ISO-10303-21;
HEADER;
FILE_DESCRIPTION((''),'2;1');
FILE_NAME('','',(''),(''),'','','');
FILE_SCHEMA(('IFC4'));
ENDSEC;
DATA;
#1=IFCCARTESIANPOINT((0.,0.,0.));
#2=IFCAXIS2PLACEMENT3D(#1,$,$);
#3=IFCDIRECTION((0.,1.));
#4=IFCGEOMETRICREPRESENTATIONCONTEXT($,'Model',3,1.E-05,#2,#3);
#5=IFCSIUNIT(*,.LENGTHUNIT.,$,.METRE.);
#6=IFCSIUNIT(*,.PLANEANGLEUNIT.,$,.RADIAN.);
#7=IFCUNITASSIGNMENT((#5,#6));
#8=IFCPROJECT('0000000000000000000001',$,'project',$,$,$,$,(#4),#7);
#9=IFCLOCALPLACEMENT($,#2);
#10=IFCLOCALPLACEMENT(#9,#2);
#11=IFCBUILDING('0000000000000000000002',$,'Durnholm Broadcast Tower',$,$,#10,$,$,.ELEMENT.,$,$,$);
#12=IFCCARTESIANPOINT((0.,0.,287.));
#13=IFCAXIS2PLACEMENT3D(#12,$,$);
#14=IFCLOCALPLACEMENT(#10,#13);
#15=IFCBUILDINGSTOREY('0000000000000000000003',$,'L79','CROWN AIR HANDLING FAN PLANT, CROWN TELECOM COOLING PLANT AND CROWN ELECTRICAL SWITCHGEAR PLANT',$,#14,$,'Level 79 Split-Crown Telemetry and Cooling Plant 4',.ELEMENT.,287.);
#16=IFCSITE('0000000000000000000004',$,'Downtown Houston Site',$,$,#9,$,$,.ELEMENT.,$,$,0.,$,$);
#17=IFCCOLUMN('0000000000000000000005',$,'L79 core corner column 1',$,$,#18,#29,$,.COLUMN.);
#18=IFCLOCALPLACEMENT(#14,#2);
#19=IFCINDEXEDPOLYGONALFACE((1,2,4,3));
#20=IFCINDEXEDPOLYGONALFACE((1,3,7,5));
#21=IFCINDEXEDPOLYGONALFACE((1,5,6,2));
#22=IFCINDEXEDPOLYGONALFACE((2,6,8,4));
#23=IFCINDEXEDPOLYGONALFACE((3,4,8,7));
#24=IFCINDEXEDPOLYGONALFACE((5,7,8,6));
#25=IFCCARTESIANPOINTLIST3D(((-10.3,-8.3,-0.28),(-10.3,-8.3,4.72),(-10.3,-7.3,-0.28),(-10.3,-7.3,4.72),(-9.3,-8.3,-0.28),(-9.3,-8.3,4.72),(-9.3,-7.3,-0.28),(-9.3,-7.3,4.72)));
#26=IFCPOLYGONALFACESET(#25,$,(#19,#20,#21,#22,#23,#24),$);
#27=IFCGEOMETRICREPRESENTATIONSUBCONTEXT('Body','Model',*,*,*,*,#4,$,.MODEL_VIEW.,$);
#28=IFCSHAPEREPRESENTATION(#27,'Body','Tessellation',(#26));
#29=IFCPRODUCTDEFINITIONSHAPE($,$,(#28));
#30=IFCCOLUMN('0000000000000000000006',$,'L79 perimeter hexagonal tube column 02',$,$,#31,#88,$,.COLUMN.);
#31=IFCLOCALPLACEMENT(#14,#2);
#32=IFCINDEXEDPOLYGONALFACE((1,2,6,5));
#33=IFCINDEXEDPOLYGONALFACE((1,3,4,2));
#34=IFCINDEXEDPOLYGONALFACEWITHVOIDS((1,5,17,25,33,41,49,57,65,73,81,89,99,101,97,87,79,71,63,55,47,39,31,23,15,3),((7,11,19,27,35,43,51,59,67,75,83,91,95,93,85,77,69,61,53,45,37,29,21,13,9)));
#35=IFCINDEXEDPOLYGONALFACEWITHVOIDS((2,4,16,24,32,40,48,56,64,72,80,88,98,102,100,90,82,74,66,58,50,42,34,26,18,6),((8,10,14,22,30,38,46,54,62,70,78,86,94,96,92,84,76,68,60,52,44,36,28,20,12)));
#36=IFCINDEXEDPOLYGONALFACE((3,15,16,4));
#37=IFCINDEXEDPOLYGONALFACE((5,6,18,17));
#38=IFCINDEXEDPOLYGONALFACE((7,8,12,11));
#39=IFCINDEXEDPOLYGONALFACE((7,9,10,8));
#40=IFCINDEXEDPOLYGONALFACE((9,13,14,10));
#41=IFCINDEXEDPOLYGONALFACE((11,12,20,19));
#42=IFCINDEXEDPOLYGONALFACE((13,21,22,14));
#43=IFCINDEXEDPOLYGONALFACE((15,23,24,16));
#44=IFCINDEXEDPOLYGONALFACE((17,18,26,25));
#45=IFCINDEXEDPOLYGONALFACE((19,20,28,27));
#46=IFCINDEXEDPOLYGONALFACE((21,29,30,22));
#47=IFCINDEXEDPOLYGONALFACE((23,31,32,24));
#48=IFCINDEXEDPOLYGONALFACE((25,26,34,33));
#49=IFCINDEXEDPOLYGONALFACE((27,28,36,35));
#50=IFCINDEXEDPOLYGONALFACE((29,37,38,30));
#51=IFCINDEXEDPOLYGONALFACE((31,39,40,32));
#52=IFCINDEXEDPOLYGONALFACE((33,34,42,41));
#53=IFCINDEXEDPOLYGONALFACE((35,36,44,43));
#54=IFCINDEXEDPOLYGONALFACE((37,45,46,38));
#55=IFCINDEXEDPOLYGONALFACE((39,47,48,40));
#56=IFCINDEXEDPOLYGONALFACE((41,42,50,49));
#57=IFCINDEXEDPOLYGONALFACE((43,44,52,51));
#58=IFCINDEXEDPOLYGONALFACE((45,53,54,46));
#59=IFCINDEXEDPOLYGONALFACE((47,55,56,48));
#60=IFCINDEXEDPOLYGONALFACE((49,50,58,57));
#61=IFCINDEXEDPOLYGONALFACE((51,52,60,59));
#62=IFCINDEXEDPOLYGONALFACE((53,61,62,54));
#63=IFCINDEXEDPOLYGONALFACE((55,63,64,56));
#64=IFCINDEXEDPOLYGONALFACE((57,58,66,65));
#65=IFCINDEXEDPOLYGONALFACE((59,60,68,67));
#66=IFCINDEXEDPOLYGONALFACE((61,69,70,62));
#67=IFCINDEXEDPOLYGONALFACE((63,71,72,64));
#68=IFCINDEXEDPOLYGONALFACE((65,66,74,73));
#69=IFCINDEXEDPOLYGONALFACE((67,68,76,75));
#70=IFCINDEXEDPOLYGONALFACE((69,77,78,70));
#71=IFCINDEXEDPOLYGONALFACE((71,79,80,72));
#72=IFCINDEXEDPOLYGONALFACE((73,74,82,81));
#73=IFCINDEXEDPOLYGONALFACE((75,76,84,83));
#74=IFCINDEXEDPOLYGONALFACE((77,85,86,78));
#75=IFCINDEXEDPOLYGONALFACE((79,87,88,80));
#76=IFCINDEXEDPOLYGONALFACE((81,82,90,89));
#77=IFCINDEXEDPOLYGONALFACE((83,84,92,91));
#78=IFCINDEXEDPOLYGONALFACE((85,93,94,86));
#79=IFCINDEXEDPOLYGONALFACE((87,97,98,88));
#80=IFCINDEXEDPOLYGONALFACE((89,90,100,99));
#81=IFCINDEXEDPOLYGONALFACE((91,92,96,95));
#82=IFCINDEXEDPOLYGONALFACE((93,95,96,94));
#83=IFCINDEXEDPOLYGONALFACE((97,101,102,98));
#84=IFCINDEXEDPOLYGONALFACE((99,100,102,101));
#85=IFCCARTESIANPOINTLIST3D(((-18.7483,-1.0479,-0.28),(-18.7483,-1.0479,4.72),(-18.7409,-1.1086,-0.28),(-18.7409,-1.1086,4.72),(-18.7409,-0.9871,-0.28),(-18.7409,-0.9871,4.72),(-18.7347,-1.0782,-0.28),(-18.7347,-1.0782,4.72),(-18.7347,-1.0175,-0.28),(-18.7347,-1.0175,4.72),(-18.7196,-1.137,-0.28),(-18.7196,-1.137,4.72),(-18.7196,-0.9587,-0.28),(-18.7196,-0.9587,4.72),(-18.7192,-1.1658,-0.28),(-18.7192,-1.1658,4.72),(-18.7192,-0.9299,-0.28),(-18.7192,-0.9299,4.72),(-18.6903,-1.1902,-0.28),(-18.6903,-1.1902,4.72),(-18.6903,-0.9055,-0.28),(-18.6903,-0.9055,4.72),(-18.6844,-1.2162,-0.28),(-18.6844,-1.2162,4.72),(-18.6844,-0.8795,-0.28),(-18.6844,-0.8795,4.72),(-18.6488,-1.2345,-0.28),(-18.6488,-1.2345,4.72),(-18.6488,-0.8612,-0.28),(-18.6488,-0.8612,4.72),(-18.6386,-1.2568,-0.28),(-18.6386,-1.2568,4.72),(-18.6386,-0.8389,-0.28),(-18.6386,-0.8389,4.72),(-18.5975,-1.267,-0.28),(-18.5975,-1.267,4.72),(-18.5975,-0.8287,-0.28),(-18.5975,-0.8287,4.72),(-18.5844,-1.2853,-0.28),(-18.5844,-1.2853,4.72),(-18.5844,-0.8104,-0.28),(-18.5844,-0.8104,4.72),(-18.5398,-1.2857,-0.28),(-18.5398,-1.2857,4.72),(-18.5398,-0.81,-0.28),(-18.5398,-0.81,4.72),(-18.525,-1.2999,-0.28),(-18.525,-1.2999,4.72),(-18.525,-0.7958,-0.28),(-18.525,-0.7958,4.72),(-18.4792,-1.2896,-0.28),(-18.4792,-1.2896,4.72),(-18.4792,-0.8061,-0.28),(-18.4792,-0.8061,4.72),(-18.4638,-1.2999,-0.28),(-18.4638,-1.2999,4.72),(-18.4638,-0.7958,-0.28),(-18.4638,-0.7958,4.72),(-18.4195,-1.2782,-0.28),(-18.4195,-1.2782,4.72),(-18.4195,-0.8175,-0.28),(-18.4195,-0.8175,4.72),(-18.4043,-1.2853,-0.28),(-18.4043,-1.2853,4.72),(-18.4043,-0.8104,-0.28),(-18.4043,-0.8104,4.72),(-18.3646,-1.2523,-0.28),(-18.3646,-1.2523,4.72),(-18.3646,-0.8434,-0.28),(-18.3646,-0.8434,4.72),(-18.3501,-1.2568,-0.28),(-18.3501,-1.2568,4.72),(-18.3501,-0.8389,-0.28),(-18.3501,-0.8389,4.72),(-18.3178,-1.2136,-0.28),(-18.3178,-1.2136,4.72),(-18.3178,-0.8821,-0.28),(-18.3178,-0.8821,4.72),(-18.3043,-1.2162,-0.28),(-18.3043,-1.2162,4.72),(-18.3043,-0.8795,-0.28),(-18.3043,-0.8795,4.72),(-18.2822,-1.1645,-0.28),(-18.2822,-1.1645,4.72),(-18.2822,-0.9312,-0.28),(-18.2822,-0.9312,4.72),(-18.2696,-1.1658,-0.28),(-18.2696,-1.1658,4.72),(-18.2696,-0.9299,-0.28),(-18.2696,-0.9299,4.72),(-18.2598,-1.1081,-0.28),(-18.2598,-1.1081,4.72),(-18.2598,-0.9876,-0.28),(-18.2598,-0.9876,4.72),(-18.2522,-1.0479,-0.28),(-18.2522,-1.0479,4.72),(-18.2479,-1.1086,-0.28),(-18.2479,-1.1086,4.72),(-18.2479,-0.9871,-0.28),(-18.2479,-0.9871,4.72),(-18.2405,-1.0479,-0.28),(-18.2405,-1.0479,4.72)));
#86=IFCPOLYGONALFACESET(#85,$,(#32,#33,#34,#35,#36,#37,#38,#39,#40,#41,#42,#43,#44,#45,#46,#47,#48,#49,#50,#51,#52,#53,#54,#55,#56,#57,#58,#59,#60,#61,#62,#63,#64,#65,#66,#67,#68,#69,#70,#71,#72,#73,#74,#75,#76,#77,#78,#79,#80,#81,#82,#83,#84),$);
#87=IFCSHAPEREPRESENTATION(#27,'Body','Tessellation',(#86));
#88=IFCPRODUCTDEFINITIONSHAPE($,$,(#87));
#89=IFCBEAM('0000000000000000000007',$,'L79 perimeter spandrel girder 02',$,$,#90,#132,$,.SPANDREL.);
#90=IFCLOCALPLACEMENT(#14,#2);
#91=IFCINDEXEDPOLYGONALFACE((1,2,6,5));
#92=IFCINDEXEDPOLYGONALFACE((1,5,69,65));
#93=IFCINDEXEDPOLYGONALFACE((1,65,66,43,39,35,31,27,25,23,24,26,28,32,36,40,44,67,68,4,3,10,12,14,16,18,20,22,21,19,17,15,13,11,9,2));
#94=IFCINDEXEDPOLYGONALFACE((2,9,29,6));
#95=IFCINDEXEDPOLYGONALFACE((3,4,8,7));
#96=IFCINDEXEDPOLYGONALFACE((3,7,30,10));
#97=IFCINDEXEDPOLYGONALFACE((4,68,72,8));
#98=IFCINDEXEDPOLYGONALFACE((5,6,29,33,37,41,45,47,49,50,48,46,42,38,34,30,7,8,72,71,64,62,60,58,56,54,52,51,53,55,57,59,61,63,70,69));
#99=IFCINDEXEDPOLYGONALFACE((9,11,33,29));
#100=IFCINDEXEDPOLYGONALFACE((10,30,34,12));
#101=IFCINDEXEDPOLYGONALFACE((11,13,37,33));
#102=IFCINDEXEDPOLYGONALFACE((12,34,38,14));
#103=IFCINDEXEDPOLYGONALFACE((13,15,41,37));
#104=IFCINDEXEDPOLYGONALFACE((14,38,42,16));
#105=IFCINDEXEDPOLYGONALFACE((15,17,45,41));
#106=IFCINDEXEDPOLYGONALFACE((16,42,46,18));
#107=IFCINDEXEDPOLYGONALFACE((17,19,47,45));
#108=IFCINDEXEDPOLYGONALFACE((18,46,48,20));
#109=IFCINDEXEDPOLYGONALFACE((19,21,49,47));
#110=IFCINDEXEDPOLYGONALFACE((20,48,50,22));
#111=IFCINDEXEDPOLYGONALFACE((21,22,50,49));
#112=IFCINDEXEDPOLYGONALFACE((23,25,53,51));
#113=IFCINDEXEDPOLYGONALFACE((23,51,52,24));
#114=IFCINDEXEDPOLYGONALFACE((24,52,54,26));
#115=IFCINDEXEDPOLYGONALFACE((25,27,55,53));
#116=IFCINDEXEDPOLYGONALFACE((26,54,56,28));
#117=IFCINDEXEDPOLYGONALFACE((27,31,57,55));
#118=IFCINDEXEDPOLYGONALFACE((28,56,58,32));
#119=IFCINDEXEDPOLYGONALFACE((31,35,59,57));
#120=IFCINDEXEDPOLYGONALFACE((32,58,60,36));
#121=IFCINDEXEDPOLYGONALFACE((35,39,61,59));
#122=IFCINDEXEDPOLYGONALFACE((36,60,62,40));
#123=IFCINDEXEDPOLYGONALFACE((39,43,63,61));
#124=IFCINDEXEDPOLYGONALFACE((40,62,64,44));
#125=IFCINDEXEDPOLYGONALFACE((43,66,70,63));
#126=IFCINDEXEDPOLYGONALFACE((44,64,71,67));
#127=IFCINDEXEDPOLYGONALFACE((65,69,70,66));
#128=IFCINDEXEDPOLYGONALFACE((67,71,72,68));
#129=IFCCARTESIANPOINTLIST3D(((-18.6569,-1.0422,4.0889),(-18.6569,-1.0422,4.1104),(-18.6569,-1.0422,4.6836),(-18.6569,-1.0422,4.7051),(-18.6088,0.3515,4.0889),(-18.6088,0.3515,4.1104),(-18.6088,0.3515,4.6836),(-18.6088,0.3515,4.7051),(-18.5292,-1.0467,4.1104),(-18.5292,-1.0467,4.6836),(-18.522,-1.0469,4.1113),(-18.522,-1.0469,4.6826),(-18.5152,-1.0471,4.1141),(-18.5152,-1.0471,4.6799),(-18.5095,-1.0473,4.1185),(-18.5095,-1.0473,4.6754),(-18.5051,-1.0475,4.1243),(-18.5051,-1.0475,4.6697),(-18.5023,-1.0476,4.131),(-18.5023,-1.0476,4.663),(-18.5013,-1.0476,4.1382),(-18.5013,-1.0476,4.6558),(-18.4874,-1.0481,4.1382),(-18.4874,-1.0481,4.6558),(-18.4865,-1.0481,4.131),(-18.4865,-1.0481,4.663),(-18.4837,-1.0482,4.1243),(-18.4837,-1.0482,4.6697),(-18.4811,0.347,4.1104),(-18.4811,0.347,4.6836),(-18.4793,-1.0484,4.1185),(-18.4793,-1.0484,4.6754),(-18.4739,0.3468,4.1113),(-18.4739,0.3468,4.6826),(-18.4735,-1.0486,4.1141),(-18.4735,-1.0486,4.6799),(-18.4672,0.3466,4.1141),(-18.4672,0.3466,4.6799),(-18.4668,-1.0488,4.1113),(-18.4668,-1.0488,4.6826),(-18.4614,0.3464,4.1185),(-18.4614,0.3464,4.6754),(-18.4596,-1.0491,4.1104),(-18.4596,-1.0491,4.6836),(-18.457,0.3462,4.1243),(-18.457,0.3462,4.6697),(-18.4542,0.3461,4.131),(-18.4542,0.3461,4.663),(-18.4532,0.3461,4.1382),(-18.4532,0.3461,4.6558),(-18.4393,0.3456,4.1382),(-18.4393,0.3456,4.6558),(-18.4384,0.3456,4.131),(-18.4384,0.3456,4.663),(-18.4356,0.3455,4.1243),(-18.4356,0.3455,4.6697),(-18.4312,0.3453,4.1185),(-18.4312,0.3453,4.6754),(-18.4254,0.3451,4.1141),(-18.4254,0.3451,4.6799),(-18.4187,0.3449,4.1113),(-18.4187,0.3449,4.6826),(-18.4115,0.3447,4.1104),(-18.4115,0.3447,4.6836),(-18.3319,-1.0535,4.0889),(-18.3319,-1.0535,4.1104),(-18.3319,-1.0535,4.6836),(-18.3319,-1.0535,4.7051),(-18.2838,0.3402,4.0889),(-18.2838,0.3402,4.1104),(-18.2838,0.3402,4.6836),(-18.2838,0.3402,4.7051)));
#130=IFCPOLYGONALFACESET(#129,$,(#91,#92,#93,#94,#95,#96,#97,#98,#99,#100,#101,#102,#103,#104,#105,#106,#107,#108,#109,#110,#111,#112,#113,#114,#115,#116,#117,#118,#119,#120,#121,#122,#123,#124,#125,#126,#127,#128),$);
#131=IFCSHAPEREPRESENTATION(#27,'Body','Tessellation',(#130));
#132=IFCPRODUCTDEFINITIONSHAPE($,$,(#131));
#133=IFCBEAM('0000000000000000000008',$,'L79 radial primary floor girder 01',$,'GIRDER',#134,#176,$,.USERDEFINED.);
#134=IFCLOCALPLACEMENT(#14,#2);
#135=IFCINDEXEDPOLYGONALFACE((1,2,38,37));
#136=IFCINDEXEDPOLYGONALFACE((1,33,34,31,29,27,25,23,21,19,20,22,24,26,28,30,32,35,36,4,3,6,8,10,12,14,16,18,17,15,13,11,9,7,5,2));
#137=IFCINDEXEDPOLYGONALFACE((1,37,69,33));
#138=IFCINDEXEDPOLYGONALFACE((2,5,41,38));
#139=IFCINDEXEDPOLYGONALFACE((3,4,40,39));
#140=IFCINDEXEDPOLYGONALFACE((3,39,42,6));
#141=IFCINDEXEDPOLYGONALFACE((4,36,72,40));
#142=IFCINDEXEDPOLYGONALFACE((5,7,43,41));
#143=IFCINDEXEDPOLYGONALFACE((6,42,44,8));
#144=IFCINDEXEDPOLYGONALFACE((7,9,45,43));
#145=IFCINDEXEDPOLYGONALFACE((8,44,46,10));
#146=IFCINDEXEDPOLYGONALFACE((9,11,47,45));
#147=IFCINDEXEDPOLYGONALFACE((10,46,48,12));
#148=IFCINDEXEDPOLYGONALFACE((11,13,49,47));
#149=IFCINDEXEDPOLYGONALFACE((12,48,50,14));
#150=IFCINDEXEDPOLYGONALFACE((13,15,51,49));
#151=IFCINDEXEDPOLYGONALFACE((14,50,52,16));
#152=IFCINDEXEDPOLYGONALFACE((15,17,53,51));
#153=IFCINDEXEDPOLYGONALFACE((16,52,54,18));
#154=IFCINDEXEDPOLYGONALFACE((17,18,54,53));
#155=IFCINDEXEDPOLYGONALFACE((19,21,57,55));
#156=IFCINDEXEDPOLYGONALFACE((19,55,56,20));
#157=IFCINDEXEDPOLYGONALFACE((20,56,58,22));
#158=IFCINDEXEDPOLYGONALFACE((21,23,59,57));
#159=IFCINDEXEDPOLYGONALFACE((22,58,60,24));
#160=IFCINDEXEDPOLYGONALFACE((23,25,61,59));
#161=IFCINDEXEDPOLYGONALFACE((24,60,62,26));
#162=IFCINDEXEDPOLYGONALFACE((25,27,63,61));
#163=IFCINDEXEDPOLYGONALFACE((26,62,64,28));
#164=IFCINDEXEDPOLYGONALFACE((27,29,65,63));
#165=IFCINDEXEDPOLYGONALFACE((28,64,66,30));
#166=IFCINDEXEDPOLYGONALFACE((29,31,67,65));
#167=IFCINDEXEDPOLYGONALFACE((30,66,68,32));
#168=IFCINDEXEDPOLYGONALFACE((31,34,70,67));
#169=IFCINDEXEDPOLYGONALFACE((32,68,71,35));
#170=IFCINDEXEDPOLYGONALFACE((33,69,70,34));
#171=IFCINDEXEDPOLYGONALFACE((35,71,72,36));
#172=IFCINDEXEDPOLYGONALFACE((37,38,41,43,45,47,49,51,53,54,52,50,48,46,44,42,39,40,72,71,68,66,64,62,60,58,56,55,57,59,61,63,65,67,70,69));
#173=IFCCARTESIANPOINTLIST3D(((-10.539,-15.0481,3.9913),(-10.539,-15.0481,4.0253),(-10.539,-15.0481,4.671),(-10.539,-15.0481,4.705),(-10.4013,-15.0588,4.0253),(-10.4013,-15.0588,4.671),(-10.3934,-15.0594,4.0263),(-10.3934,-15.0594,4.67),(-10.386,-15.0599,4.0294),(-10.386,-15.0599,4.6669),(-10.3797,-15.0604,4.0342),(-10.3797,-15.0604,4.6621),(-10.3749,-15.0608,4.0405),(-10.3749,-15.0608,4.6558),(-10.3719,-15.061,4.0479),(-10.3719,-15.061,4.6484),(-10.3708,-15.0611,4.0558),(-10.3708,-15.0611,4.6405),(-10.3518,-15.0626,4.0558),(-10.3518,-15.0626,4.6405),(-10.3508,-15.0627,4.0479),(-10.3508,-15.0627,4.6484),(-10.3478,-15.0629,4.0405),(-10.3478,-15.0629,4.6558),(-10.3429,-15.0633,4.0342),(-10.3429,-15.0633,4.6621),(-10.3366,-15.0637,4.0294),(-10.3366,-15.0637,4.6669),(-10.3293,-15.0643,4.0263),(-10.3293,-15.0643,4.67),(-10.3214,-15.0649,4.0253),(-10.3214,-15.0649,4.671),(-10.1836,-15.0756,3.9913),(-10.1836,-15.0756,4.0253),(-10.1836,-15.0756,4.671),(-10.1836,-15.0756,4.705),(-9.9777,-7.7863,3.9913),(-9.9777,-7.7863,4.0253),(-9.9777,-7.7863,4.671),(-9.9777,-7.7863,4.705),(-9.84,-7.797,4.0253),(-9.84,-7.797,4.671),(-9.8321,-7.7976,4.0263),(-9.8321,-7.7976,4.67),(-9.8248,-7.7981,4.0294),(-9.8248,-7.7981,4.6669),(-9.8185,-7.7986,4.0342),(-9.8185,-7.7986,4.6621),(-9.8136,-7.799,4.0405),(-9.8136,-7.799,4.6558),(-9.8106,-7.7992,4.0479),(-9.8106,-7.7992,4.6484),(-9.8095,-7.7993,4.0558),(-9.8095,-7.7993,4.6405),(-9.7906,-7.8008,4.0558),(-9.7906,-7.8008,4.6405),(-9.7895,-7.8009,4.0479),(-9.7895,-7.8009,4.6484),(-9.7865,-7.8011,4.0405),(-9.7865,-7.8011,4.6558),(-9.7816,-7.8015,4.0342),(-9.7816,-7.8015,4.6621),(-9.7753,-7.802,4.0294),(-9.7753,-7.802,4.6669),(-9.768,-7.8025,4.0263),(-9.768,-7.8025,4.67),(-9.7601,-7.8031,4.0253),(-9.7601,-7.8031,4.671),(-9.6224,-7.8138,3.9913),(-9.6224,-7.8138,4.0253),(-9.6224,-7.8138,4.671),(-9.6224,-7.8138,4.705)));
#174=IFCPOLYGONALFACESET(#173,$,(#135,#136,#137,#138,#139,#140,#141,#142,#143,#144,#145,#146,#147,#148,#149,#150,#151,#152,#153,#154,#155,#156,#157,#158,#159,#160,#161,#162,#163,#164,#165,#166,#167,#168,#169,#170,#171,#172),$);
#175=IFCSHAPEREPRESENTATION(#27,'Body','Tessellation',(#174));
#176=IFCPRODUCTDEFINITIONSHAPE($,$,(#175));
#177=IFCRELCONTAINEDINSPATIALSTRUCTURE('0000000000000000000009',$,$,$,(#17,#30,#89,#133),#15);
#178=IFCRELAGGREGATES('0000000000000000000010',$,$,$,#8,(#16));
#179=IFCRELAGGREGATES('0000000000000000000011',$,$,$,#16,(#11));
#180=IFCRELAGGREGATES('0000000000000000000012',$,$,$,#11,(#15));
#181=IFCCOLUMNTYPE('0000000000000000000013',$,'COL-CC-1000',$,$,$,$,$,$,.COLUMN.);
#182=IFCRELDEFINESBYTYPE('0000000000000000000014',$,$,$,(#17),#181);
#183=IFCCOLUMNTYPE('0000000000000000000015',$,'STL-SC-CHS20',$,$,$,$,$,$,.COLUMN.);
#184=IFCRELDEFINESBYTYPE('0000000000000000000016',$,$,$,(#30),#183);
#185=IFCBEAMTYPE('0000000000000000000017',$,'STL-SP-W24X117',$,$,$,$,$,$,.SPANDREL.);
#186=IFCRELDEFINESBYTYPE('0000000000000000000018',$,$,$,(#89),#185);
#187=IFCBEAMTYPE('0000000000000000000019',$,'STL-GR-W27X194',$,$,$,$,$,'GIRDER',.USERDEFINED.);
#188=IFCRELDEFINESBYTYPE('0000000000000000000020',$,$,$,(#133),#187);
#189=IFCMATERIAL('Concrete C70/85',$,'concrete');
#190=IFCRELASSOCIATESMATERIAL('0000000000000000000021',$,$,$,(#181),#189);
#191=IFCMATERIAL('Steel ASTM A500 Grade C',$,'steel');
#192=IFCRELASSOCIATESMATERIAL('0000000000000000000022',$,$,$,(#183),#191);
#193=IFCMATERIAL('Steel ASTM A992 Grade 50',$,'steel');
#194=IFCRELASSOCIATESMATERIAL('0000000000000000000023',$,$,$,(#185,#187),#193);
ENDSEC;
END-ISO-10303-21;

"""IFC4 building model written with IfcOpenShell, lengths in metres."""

from ifc_helpers import new_model, si_unit, direction, frame, origin, origin_2d, place, context, subcontext, project, spatial, rectangle, hollow_circle, i_section, extrude, source, transform, mapped, material, material_profile, profile_set, type_object, type_shapes, element, save


model = new_model("IFC4")

# Units and contexts
model_context = context("Model", 3, precision=1e-05, world=origin(), true_north=direction((0.0, 1.0)))
body_context = subcontext(model_context, "Body", "Model", "MODEL_VIEW")
ifc_project = project(units=[si_unit("LENGTHUNIT", "METRE"), si_unit("PLANEANGLEUNIT", "RADIAN")], contexts=[model_context])

# Site, building, storey
site_placement = place(None, origin())
site = spatial("IfcSite", under=ifc_project, at=site_placement, Name="Downtown Houston Site", CompositionType="ELEMENT", RefElevation=0.0)
building_placement = place(site_placement, origin())
building = spatial("IfcBuilding", under=site, at=building_placement, Name="Durnholm Broadcast Tower", CompositionType="ELEMENT")
storey_placement = place(building_placement, frame((0.0, 0.0, 287.0)))
storey = spatial("IfcBuildingStorey", under=building, at=storey_placement, Name="L79", Description="CROWN AIR HANDLING FAN PLANT, CROWN TELECOM COOLING PLANT AND CROWN ELECTRICAL SWITCHGEAR PLANT", LongName="Level 79 Split-Crown Telemetry and Cooling Plant 4", CompositionType="ELEMENT", Elevation=287.0)

# Columns
ifc_material_1 = material(Name="Concrete C70/85", Category="concrete")
ifc_material_profile_1 = material_profile(ifc_material_1, rectangle(XDim=1.0, YDim=1.0, at=origin_2d()), Name="RC1000X1000")
ifc_profile_set_1 = profile_set([ifc_material_profile_1], Name="Concrete C70/85")
column_type_1 = type_object("IfcColumnType", Name="COL-CC-1000", PredefinedType="COLUMN", material=ifc_profile_set_1)
shared_shape_1 = source(origin(), body_context, "Body", "SweptSolid", [
    extrude(rectangle(XDim=1.0, YDim=1.0, at=origin_2d()), origin(), (0.0, 0.0, 1.0), 5.0),
])
type_shapes(column_type_1, [shared_shape_1])
column_1_placement = place(storey_placement, frame((-9.8, -7.8, -0.28), z_axis=(0.0, 0.0, 1.0), x_axis=(1.0, 0.0, 0.0)))
element("IfcColumn", 1, at=column_1_placement, inside=storey, type_object=column_type_1, Name="L79 core corner column 1", PredefinedType="COLUMN", context=body_context, shape_type="MappedRepresentation", body=[
    mapped(shared_shape_1, transform((0.0, 0.0, 0.0), x_axis=(1.0, 0.0, 0.0), y_axis=(0.0, 1.0, 0.0), z_axis=(0.0, 0.0, 1.0), scale=1.0)),
])
ifc_material_2 = material(Name="Steel ASTM A500 Grade C", Category="steel")
ifc_material_profile_2 = material_profile(ifc_material_2, hollow_circle(Radius=0.2539, WallThickness=0.0117, at=origin_2d()), Name="HSS20.000X0.500")
ifc_profile_set_2 = profile_set([ifc_material_profile_2], Name="Steel ASTM A500 Grade C")
column_type_2 = type_object("IfcColumnType", Name="STL-SC-CHS20", PredefinedType="COLUMN", material=ifc_profile_set_2)
shared_shape_2 = source(origin(), body_context, "Body", "SweptSolid", [
    extrude(hollow_circle(Radius=0.2539, WallThickness=0.0117, at=origin_2d()), origin(), (0.0, 0.0, 1.0), 5.0),
])
type_shapes(column_type_2, [shared_shape_2])
column_2_placement = place(storey_placement, frame((-18.4944, -1.0479, -0.28), z_axis=(0.0, 0.0, 1.0), x_axis=(1.0, 0.0, 0.0)))
element("IfcColumn", 2, at=column_2_placement, inside=storey, type_object=column_type_2, Name="L79 perimeter hexagonal tube column 02", PredefinedType="COLUMN", context=body_context, shape_type="MappedRepresentation", body=[
    mapped(shared_shape_2, transform((0.0, 0.0, 0.0), x_axis=(1.0, 0.0, 0.0), y_axis=(0.0, 1.0, 0.0), z_axis=(0.0, 0.0, 1.0), scale=1.0)),
])

# Beams
ifc_material_3 = material(Name="Steel ASTM A992 Grade 50", Category="steel")
ifc_material_profile_3 = material_profile(ifc_material_3, i_section(OverallWidth=0.3252, OverallDepth=0.6162, WebThickness=0.0139, FlangeThickness=0.0215, FilletRadius=0.0278, at=origin_2d()), Name="W24X117")
ifc_profile_set_3 = profile_set([ifc_material_profile_3], Name="Steel ASTM A992 Grade 50")
beam_type_1 = type_object("IfcBeamType", Name="STL-SP-W24X117", PredefinedType="SPANDREL", material=ifc_profile_set_3)
shared_shape_3 = source(origin(), body_context, "Body", "SweptSolid", [
    extrude(i_section(OverallWidth=0.3252, OverallDepth=0.6162, WebThickness=0.0139, FlangeThickness=0.0215, FilletRadius=0.0278, at=origin_2d()), origin(), (0.0, 0.0, 1.0), 1.3945),
])
type_shapes(beam_type_1, [shared_shape_3])
beam_1_placement = place(storey_placement, frame((-18.4944, -1.0479, 4.397), z_axis=(0.034486, 0.999405, 0.0), x_axis=(-0.999405, 0.034486, 0.0)))
element("IfcBeam", 3, at=beam_1_placement, inside=storey, type_object=beam_type_1, Name="L79 perimeter spandrel girder 02", PredefinedType="SPANDREL", context=body_context, shape_type="MappedRepresentation", body=[
    mapped(shared_shape_3, transform((0.0, 0.0, 0.0), x_axis=(1.0, 0.0, 0.0), y_axis=(0.0, 1.0, 0.0), z_axis=(0.0, 0.0, 1.0), scale=1.0)),
])
ifc_material_profile_4 = material_profile(ifc_material_3, i_section(OverallWidth=0.3564, OverallDepth=0.7136, WebThickness=0.019, FlangeThickness=0.0339, FilletRadius=0.0305, at=origin_2d()), Name="W27X194")
ifc_profile_set_4 = profile_set([ifc_material_profile_4], Name="Steel ASTM A992 Grade 50")
beam_type_2 = type_object("IfcBeamType", Name="STL-GR-W27X194", ElementType="GIRDER", PredefinedType="USERDEFINED", material=ifc_profile_set_4)
shared_shape_4 = source(origin(), body_context, "Body", "SweptSolid", [
    extrude(i_section(OverallWidth=0.3564, OverallDepth=0.7136, WebThickness=0.019, FlangeThickness=0.0339, FilletRadius=0.0305, at=origin_2d()), origin(), (0.0, 0.0, 1.0), 7.2834),
])
beam_2_placement = place(storey_placement, frame((-9.8, -7.8, 4.3481), z_axis=(-0.077063, -0.997026, 0.0), x_axis=(0.997026, -0.077063, 0.0)))
element("IfcBeam", 4, at=beam_2_placement, inside=storey, type_object=beam_type_2, Name="L79 radial primary floor girder 01", ObjectType="GIRDER", PredefinedType="USERDEFINED", context=body_context, shape_type="MappedRepresentation", body=[
    mapped(shared_shape_4, transform((0.0, 0.0, 0.0), x_axis=(1.0, 0.0, 0.0), y_axis=(0.0, 1.0, 0.0), z_axis=(0.0, 0.0, 1.0), scale=1.0)),
])

save(model, "model.ifc")
